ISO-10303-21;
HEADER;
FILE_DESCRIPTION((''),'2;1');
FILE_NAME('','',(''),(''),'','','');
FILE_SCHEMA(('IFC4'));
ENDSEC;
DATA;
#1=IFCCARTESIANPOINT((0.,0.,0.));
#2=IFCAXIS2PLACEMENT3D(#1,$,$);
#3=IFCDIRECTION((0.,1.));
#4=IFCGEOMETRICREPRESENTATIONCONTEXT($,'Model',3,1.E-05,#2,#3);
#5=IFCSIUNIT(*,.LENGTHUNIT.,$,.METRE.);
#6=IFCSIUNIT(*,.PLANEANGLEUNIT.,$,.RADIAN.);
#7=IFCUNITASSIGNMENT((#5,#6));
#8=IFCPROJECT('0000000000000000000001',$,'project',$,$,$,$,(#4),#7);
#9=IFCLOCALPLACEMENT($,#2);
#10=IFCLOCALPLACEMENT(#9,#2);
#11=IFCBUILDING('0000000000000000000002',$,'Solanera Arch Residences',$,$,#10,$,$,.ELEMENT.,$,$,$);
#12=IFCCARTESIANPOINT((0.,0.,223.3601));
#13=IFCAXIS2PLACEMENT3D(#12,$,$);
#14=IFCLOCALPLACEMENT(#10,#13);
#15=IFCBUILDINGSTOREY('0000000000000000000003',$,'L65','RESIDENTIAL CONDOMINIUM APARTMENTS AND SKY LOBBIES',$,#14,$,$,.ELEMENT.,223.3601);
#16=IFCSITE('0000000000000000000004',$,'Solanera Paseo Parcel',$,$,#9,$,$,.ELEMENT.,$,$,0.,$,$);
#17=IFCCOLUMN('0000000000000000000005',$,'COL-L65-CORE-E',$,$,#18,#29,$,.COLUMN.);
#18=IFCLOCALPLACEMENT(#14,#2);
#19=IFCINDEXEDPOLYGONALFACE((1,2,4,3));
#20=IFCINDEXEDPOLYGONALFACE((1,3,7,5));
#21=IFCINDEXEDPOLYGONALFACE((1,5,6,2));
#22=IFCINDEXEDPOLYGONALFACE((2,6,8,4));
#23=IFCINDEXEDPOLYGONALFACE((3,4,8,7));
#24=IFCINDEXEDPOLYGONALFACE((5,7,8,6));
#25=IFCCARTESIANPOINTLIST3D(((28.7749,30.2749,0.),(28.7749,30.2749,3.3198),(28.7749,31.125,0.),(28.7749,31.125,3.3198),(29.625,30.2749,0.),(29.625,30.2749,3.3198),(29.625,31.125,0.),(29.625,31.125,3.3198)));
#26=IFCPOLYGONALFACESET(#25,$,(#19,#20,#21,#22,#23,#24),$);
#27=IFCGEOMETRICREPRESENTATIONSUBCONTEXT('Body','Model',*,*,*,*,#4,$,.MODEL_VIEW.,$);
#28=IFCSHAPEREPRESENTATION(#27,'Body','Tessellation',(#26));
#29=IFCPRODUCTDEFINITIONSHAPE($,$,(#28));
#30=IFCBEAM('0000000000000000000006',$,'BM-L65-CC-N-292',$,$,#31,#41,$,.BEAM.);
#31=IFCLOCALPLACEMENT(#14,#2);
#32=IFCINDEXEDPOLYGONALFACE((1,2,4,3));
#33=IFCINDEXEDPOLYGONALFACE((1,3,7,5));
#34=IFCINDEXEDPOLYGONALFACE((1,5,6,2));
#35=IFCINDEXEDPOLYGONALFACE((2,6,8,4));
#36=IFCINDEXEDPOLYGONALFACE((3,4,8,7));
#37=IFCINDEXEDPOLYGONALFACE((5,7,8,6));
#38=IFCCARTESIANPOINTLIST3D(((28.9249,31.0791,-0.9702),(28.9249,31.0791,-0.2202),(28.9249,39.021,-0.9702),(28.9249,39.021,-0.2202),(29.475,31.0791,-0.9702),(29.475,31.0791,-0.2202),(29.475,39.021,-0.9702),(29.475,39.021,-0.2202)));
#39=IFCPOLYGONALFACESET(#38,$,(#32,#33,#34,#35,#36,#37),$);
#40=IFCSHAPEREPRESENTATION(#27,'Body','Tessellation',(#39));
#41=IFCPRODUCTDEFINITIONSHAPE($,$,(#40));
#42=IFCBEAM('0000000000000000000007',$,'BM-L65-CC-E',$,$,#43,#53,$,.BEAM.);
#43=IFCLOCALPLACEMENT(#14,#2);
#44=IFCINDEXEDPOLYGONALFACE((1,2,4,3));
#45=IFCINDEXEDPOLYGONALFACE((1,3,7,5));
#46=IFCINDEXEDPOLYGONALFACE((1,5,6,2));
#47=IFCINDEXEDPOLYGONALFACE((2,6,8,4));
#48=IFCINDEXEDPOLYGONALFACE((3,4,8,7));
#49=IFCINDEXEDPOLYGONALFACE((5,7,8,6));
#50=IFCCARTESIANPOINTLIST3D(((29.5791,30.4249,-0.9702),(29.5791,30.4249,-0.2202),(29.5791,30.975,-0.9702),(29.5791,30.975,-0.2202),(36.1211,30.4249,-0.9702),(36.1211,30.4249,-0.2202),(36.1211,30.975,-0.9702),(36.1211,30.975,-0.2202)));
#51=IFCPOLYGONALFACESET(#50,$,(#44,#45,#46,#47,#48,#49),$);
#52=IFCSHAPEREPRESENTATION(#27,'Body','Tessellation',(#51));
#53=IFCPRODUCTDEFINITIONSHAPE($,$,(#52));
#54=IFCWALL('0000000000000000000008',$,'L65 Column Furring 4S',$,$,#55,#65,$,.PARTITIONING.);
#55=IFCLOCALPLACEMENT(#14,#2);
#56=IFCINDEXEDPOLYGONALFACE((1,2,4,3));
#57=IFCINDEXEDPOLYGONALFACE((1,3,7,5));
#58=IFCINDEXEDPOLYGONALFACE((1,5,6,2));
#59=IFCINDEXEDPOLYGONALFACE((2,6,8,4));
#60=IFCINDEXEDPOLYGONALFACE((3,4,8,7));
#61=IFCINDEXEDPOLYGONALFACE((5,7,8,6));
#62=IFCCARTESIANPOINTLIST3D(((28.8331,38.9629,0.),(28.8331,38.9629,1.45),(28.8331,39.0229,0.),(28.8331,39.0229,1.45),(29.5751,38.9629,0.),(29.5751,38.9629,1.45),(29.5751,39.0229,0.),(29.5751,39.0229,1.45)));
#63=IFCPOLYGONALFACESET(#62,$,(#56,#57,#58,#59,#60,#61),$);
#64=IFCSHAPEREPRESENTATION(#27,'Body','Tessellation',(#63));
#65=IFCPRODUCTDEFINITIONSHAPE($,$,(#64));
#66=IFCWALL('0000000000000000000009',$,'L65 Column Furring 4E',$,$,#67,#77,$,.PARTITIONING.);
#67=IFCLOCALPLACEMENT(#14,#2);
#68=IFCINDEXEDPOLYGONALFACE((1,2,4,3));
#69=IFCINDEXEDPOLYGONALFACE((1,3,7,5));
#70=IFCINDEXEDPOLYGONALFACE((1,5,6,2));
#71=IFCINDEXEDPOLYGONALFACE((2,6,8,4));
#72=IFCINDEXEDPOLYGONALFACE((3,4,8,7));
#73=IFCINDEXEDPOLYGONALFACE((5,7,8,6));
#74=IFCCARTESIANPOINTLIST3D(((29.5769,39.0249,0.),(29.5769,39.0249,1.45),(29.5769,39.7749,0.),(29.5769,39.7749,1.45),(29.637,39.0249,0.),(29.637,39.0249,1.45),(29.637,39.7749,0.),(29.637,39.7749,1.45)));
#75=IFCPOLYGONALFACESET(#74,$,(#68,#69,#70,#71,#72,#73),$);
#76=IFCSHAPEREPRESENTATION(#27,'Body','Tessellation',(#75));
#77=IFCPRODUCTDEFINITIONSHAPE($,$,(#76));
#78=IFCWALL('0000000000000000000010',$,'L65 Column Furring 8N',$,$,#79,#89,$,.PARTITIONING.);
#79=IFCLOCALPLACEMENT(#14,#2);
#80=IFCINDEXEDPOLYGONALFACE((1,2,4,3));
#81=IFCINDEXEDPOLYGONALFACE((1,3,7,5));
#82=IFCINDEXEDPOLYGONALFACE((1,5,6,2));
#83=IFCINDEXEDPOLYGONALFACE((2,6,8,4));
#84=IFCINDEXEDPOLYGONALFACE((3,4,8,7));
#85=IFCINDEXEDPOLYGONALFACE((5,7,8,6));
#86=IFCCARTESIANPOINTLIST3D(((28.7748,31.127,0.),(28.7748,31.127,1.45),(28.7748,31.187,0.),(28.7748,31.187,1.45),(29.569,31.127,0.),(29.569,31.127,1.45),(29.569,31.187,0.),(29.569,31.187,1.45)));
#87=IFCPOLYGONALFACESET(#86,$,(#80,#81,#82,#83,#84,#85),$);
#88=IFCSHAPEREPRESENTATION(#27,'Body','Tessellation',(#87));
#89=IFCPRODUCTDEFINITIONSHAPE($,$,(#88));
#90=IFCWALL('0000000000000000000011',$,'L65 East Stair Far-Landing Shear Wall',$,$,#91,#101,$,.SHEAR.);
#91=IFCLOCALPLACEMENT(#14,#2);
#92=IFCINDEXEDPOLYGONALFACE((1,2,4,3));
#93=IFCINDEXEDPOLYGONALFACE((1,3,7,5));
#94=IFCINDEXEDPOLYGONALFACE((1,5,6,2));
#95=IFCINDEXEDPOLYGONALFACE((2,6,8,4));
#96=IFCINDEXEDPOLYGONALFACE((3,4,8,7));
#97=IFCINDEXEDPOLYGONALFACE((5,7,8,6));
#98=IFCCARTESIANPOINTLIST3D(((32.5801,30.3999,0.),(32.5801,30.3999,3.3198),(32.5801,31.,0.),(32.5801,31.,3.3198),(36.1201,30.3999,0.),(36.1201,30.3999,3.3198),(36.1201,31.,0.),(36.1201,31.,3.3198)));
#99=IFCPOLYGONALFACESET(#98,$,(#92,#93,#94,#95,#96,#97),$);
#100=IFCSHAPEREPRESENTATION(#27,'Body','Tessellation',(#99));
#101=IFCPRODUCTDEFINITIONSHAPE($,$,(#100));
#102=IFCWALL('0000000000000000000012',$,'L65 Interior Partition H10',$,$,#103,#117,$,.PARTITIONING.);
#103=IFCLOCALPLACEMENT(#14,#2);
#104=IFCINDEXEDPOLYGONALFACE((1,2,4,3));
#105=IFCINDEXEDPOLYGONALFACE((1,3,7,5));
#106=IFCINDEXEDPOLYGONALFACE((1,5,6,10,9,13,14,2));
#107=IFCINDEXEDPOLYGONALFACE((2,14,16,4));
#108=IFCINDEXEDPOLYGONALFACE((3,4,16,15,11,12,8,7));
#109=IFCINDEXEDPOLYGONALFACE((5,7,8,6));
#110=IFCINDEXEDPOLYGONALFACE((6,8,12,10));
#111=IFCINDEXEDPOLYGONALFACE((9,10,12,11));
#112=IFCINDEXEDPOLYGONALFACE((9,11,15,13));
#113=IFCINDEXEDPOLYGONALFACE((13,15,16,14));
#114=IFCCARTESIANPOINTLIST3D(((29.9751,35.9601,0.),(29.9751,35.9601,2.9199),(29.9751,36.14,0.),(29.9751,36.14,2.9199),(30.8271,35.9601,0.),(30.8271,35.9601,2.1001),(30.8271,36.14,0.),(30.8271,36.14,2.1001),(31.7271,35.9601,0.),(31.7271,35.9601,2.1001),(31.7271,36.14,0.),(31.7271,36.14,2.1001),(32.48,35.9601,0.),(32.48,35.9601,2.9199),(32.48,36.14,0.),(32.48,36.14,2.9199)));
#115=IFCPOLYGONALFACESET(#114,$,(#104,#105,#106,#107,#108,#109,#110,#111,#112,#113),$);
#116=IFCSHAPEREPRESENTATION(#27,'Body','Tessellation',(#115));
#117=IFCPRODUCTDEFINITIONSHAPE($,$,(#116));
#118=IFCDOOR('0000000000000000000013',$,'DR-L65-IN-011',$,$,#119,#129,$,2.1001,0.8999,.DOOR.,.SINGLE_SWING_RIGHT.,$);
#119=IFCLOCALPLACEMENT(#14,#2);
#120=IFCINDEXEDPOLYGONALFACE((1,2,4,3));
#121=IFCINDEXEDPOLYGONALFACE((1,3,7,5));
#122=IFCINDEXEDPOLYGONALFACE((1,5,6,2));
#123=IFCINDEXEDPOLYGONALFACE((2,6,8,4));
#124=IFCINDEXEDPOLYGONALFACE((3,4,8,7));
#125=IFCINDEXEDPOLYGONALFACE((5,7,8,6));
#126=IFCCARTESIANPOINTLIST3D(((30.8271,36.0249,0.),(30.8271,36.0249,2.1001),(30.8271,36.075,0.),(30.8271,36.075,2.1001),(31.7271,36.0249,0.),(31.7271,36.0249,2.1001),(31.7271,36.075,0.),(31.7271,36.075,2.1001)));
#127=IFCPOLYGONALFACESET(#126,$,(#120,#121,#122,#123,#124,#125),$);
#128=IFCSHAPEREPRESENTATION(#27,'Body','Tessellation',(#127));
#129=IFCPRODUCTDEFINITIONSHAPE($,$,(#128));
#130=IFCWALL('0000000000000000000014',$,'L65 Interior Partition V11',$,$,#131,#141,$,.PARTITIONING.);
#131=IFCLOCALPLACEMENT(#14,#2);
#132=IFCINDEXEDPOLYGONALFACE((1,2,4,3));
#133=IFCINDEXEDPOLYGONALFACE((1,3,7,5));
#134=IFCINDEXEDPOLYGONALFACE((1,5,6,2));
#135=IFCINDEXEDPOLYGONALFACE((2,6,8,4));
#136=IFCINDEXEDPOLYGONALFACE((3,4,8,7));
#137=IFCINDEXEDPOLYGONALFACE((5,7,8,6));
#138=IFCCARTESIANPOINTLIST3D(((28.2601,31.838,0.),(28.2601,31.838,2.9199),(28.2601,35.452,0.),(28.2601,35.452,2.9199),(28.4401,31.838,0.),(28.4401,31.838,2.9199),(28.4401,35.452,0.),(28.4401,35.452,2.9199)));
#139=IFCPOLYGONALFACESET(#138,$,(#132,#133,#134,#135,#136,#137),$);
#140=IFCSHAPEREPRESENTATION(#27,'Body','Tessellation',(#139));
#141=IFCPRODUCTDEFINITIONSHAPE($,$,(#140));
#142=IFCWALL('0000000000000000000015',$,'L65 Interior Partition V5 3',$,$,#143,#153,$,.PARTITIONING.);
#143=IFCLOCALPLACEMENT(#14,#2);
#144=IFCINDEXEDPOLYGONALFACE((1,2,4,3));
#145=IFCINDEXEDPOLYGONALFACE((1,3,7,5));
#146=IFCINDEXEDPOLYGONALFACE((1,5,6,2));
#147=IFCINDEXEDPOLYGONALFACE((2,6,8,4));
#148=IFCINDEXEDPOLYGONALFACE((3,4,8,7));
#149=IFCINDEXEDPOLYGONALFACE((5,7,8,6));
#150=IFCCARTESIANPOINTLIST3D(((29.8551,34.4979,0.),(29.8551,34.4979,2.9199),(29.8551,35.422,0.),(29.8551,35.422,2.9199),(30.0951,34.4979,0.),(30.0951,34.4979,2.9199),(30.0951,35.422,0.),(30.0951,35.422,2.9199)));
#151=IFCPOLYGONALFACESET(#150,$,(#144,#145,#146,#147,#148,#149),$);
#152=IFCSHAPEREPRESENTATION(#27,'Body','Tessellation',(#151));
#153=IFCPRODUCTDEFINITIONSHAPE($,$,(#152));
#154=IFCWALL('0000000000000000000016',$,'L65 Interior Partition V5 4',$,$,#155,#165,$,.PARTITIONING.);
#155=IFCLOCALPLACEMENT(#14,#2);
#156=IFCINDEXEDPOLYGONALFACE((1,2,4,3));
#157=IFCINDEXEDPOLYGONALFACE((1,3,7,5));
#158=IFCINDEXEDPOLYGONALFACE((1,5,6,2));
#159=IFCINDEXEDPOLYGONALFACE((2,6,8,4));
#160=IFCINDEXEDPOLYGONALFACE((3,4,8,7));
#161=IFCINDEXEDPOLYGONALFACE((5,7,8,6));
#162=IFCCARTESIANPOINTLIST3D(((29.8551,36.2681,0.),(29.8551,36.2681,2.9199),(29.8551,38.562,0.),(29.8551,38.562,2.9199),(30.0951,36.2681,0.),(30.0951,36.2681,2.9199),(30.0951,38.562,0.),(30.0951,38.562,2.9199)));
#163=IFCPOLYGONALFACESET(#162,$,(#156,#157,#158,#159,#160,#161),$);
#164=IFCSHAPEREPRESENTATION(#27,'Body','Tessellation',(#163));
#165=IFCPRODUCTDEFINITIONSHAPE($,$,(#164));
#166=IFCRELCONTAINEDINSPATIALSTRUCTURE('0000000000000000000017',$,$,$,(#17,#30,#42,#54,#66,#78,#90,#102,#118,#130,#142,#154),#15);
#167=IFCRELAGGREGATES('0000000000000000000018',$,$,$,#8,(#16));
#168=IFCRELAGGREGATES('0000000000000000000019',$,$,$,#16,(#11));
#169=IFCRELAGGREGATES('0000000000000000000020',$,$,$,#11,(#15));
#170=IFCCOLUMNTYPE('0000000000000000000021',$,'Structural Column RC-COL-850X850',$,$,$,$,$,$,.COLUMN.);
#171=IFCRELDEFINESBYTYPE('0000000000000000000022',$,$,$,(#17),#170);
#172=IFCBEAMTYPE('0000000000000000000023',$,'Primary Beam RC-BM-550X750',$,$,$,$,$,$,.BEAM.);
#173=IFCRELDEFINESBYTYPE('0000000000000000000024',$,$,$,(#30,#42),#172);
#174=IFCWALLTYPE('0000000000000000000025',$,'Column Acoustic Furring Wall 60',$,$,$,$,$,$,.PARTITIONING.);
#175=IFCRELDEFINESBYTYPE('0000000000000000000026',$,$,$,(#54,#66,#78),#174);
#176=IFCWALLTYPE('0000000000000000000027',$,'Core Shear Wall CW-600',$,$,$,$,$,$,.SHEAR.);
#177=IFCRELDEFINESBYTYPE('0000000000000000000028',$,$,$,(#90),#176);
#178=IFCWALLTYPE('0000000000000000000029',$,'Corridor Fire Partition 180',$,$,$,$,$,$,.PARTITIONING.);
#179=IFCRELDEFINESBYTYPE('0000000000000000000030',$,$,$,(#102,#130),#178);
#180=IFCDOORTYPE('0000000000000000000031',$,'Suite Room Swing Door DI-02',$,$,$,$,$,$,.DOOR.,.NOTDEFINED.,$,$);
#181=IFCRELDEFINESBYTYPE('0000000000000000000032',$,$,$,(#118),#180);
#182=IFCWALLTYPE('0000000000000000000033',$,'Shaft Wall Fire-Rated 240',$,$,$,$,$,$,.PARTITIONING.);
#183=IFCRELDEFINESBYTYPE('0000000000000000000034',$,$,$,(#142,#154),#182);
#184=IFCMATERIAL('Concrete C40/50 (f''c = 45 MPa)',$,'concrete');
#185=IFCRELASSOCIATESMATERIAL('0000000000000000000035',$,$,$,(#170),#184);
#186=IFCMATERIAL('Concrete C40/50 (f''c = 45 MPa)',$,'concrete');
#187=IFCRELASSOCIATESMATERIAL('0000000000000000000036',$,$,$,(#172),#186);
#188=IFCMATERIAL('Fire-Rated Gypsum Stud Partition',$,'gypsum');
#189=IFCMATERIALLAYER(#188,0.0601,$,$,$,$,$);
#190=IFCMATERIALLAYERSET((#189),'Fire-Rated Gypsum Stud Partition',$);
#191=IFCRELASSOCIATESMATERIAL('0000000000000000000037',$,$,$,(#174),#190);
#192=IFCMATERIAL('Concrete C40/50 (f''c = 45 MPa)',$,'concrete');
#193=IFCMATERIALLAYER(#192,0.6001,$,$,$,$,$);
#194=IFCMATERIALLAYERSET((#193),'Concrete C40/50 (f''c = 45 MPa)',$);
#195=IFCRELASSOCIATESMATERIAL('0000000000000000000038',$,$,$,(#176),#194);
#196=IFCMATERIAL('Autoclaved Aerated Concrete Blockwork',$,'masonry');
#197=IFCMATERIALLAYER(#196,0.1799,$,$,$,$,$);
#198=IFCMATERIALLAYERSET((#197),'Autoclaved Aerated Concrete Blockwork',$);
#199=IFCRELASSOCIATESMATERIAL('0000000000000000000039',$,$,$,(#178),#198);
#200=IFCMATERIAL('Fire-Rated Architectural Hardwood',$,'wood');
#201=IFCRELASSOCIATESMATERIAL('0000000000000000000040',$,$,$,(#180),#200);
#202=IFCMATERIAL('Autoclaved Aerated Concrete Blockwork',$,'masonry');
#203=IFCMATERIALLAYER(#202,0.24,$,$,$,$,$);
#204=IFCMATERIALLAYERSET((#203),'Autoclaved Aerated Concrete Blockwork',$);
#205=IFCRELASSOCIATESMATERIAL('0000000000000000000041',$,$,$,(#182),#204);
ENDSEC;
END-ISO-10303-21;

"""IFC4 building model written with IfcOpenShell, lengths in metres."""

from ifc_helpers import new_model, si_unit, direction, frame, frame_2d, origin, origin_2d, place, context, subcontext, project, spatial, rectangle, extrude, material, layer, layer_set, material_profile, profile_set, type_object, element, fill, save


model = new_model("IFC4")

# Units and contexts
model_context = context("Model", 3, precision=1e-05, world=origin(), true_north=direction((0.0, 1.0)))
body_context = subcontext(model_context, "Body", "Model", "MODEL_VIEW")
ifc_project = project(units=[si_unit("LENGTHUNIT", "METRE"), si_unit("PLANEANGLEUNIT", "RADIAN")], contexts=[model_context])

# Site, building, storey
site_placement = place(None, origin())
site = spatial("IfcSite", under=ifc_project, at=site_placement, Name="Solanera Paseo Parcel", CompositionType="ELEMENT", RefElevation=0.0)
building_placement = place(site_placement, origin())
building = spatial("IfcBuilding", under=site, at=building_placement, Name="Solanera Arch Residences", CompositionType="ELEMENT")
storey_placement = place(building_placement, frame((0.0, 0.0, 223.3601)))
storey = spatial("IfcBuildingStorey", under=building, at=storey_placement, Name="L65", Description="RESIDENTIAL CONDOMINIUM APARTMENTS AND SKY LOBBIES", CompositionType="ELEMENT", Elevation=223.3601)

# Column
ifc_material_1 = material(Name="Concrete C40/50 (f'c = 45 MPa)", Category="concrete")
ifc_material_profile_1 = material_profile(ifc_material_1, rectangle(XDim=0.8501, YDim=0.8501, at=origin_2d()))
ifc_profile_set_1 = profile_set([ifc_material_profile_1], Name="Concrete C40/50 (f'c = 45 MPa)")
column_type = type_object("IfcColumnType", Name="Structural Column RC-COL-850X850", PredefinedType="COLUMN", material=ifc_profile_set_1)
column_placement = place(storey_placement, frame((29.2, 30.7, 0.0), z_axis=(0.0, 0.0, 1.0), x_axis=(1.0, 0.0, 0.0)))
element("IfcColumn", 1, at=column_placement, inside=storey, type_object=column_type, Name="COL-L65-CORE-E", PredefinedType="COLUMN", context=body_context, shape_type="SweptSolid", body=[
    extrude(rectangle(XDim=0.8501, YDim=0.8501, at=origin_2d()), origin(), (0.0, 0.0, 1.0), 3.3198),
])

# Beams
ifc_material_2 = material(Name="Concrete C40/50 (f'c = 45 MPa)", Category="concrete")
ifc_material_profile_2 = material_profile(ifc_material_2, rectangle(XDim=0.55, YDim=0.75, at=origin_2d()))
ifc_profile_set_2 = profile_set([ifc_material_profile_2], Name="Concrete C40/50 (f'c = 45 MPa)")
beam_type = type_object("IfcBeamType", Name="Primary Beam RC-BM-550X750", PredefinedType="BEAM", material=ifc_profile_set_2)
beam_1_placement = place(storey_placement, frame((29.2, 31.0791, -0.5952), z_axis=(0.0, 1.0, 0.0), x_axis=(-1.0, 0.0, 0.0)))
element("IfcBeam", 2, at=beam_1_placement, inside=storey, type_object=beam_type, Name="BM-L65-CC-N-292", PredefinedType="BEAM", context=body_context, shape_type="SweptSolid", body=[
    extrude(rectangle(XDim=0.55, YDim=0.75, at=origin_2d()), origin(), (0.0, 0.0, 1.0), 7.9419),
])
beam_2_placement = place(storey_placement, frame((29.5791, 30.7, -0.5952), z_axis=(1.0, 0.0, 0.0), x_axis=(0.0, 1.0, 0.0)))
element("IfcBeam", 3, at=beam_2_placement, inside=storey, type_object=beam_type, Name="BM-L65-CC-E", PredefinedType="BEAM", context=body_context, shape_type="SweptSolid", body=[
    extrude(rectangle(XDim=0.55, YDim=0.75, at=origin_2d()), origin(), (0.0, 0.0, 1.0), 6.542),
])

# Walls
ifc_material_3 = material(Name="Fire-Rated Gypsum Stud Partition", Category="gypsum")
ifc_layer_1 = layer(ifc_material_3, 0.0601)
ifc_layer_set_1 = layer_set([ifc_layer_1], Name="Fire-Rated Gypsum Stud Partition")
wall_type_1 = type_object("IfcWallType", Name="Column Acoustic Furring Wall 60", PredefinedType="PARTITIONING", material=ifc_layer_set_1)
wall_1_placement = place(storey_placement, frame((28.833, 38.9929, 0.0), z_axis=(0.0, 0.0, 1.0), x_axis=(1.0, 0.0, 0.0)))
element("IfcWall", 4, at=wall_1_placement, inside=storey, type_object=wall_type_1, Name="L65 Column Furring 4S", PredefinedType="PARTITIONING", context=body_context, shape_type="SweptSolid", body=[
    extrude(rectangle(XDim=0.7419, YDim=0.0601, at=frame_2d((0.3711, 0.0))), origin(), (0.0, 0.0, 1.0), 1.45),
])
wall_2_placement = place(storey_placement, frame((29.6069, 39.0249, 0.0), z_axis=(0.0, 0.0, 1.0), x_axis=(0.0, 1.0, 0.0)))
element("IfcWall", 5, at=wall_2_placement, inside=storey, type_object=wall_type_1, Name="L65 Column Furring 4E", PredefinedType="PARTITIONING", context=body_context, shape_type="SweptSolid", body=[
    extrude(rectangle(XDim=0.75, YDim=0.0601, at=frame_2d((0.375, 0.0))), origin(), (0.0, 0.0, 1.0), 1.45),
])
wall_3_placement = place(storey_placement, frame((28.7749, 31.157, 0.0), z_axis=(0.0, 0.0, 1.0), x_axis=(1.0, 0.0, 0.0)))
element("IfcWall", 6, at=wall_3_placement, inside=storey, type_object=wall_type_1, Name="L65 Column Furring 8N", PredefinedType="PARTITIONING", context=body_context, shape_type="SweptSolid", body=[
    extrude(rectangle(XDim=0.7942, YDim=0.0601, at=frame_2d((0.397, 0.0))), origin(), (0.0, 0.0, 1.0), 1.45),
])

# Wall
ifc_material_4 = material(Name="Concrete C40/50 (f'c = 45 MPa)", Category="concrete")
ifc_layer_2 = layer(ifc_material_4, 0.6001)
ifc_layer_set_2 = layer_set([ifc_layer_2], Name="Concrete C40/50 (f'c = 45 MPa)")
wall_type_2 = type_object("IfcWallType", Name="Core Shear Wall CW-600", PredefinedType="SHEAR", material=ifc_layer_set_2)
wall_4_placement = place(storey_placement, frame((32.5801, 30.7, 0.0), z_axis=(0.0, 0.0, 1.0), x_axis=(1.0, 0.0, 0.0)))
element("IfcWall", 7, at=wall_4_placement, inside=storey, type_object=wall_type_2, Name="L65 East Stair Far-Landing Shear Wall", PredefinedType="SHEAR", context=body_context, shape_type="SweptSolid", body=[
    extrude(rectangle(XDim=3.54, YDim=0.6001, at=frame_2d((1.77, 0.0))), origin(), (0.0, 0.0, 1.0), 3.3198),
])

# Wall, opening, door
ifc_material_5 = material(Name="Autoclaved Aerated Concrete Blockwork", Category="masonry")
ifc_layer_3 = layer(ifc_material_5, 0.1799)
ifc_layer_set_3 = layer_set([ifc_layer_3], Name="Autoclaved Aerated Concrete Blockwork")
wall_type_3 = type_object("IfcWallType", Name="Corridor Fire Partition 180", PredefinedType="PARTITIONING", material=ifc_layer_set_3)
wall_5_placement = place(storey_placement, frame((29.9751, 36.05, 0.0), z_axis=(0.0, 0.0, 1.0), x_axis=(1.0, 0.0, 0.0)))
wall_5 = element("IfcWall", 8, at=wall_5_placement, inside=storey, type_object=wall_type_3, Name="L65 Interior Partition H10", PredefinedType="PARTITIONING", context=body_context, shape_type="SweptSolid", body=[
    extrude(rectangle(XDim=2.5049, YDim=0.1799, at=frame_2d((1.2524, 0.0))), origin(), (0.0, 0.0, 1.0), 2.9199),
])
opening_1_placement = place(wall_5_placement, frame((0.8521, 0.0, 0.0)))
opening_1 = element("IfcOpeningElement", 9, at=opening_1_placement, cuts=wall_5, PredefinedType="OPENING", context=body_context, shape_type="SweptSolid", body=[
    extrude(rectangle(XDim=0.8999, YDim=2.1001, at=frame_2d((0.45, 1.05))), frame((0.0, 0.1001, 0.0), z_axis=(0.0, -1.0, 0.0), x_axis=(1.0, 0.0, 0.0)), (0.0, 0.0, 1.0), 0.1999),
])
ifc_material_6 = material(Name="Fire-Rated Architectural Hardwood", Category="wood")
door_type_1 = type_object("IfcDoorType", Name="Suite Room Swing Door DI-02", OperationType="NOTDEFINED", PredefinedType="DOOR", material=ifc_material_6)
door_1_placement = place(opening_1_placement, origin())
door_1 = element("IfcDoor", 10, at=door_1_placement, inside=storey, type_object=door_type_1, Name="DR-L65-IN-011", OperationType="SINGLE_SWING_RIGHT", OverallHeight=2.1001, OverallWidth=0.8999, PredefinedType="DOOR", context=body_context, shape_type="SweptSolid", body=[
    extrude(rectangle(XDim=0.8999, YDim=2.1001, at=frame_2d((0.45, 1.05))), frame((0.0, 0.0249, 0.0), z_axis=(0.0, -1.0, 0.0), x_axis=(1.0, 0.0, 0.0)), (0.0, 0.0, 1.0), 0.05),
])
fill(opening_1, door_1)

# Wall
wall_6_placement = place(storey_placement, frame((28.3501, 31.8379, 0.0), z_axis=(0.0, 0.0, 1.0), x_axis=(0.0, 1.0, 0.0)))
element("IfcWall", 11, at=wall_6_placement, inside=storey, type_object=wall_type_3, Name="L65 Interior Partition V11", PredefinedType="PARTITIONING", context=body_context, shape_type="SweptSolid", body=[
    extrude(rectangle(XDim=3.614, YDim=0.1799, at=frame_2d((1.8071, 0.0))), origin(), (0.0, 0.0, 1.0), 2.9199),
])

# Shared definitions
ifc_material_7 = material(Name="Autoclaved Aerated Concrete Blockwork", Category="masonry")
ifc_layer_4 = layer(ifc_material_7, 0.24)
ifc_layer_set_4 = layer_set([ifc_layer_4], Name="Autoclaved Aerated Concrete Blockwork")
wall_type_4 = type_object("IfcWallType", Name="Shaft Wall Fire-Rated 240", PredefinedType="PARTITIONING", material=ifc_layer_set_4)

# Walls
wall_7_placement = place(storey_placement, frame((29.9751, 34.498, 0.0), z_axis=(0.0, 0.0, 1.0), x_axis=(0.0, 1.0, 0.0)))
element("IfcWall", 12, at=wall_7_placement, inside=storey, type_object=wall_type_4, Name="L65 Interior Partition V5 3", PredefinedType="PARTITIONING", context=body_context, shape_type="SweptSolid", body=[
    extrude(rectangle(XDim=0.9241, YDim=0.24, at=frame_2d((0.4619, 0.0))), origin(), (0.0, 0.0, 1.0), 2.9199),
])
wall_8_placement = place(storey_placement, frame((29.9751, 36.2681, 0.0), z_axis=(0.0, 0.0, 1.0), x_axis=(0.0, 1.0, 0.0)))
element("IfcWall", 13, at=wall_8_placement, inside=storey, type_object=wall_type_4, Name="L65 Interior Partition V5 4", PredefinedType="PARTITIONING", context=body_context, shape_type="SweptSolid", body=[
    extrude(rectangle(XDim=2.2939, YDim=0.24, at=frame_2d((1.147, 0.0))), origin(), (0.0, 0.0, 1.0), 2.9199),
])

save(model, "model.ifc")
